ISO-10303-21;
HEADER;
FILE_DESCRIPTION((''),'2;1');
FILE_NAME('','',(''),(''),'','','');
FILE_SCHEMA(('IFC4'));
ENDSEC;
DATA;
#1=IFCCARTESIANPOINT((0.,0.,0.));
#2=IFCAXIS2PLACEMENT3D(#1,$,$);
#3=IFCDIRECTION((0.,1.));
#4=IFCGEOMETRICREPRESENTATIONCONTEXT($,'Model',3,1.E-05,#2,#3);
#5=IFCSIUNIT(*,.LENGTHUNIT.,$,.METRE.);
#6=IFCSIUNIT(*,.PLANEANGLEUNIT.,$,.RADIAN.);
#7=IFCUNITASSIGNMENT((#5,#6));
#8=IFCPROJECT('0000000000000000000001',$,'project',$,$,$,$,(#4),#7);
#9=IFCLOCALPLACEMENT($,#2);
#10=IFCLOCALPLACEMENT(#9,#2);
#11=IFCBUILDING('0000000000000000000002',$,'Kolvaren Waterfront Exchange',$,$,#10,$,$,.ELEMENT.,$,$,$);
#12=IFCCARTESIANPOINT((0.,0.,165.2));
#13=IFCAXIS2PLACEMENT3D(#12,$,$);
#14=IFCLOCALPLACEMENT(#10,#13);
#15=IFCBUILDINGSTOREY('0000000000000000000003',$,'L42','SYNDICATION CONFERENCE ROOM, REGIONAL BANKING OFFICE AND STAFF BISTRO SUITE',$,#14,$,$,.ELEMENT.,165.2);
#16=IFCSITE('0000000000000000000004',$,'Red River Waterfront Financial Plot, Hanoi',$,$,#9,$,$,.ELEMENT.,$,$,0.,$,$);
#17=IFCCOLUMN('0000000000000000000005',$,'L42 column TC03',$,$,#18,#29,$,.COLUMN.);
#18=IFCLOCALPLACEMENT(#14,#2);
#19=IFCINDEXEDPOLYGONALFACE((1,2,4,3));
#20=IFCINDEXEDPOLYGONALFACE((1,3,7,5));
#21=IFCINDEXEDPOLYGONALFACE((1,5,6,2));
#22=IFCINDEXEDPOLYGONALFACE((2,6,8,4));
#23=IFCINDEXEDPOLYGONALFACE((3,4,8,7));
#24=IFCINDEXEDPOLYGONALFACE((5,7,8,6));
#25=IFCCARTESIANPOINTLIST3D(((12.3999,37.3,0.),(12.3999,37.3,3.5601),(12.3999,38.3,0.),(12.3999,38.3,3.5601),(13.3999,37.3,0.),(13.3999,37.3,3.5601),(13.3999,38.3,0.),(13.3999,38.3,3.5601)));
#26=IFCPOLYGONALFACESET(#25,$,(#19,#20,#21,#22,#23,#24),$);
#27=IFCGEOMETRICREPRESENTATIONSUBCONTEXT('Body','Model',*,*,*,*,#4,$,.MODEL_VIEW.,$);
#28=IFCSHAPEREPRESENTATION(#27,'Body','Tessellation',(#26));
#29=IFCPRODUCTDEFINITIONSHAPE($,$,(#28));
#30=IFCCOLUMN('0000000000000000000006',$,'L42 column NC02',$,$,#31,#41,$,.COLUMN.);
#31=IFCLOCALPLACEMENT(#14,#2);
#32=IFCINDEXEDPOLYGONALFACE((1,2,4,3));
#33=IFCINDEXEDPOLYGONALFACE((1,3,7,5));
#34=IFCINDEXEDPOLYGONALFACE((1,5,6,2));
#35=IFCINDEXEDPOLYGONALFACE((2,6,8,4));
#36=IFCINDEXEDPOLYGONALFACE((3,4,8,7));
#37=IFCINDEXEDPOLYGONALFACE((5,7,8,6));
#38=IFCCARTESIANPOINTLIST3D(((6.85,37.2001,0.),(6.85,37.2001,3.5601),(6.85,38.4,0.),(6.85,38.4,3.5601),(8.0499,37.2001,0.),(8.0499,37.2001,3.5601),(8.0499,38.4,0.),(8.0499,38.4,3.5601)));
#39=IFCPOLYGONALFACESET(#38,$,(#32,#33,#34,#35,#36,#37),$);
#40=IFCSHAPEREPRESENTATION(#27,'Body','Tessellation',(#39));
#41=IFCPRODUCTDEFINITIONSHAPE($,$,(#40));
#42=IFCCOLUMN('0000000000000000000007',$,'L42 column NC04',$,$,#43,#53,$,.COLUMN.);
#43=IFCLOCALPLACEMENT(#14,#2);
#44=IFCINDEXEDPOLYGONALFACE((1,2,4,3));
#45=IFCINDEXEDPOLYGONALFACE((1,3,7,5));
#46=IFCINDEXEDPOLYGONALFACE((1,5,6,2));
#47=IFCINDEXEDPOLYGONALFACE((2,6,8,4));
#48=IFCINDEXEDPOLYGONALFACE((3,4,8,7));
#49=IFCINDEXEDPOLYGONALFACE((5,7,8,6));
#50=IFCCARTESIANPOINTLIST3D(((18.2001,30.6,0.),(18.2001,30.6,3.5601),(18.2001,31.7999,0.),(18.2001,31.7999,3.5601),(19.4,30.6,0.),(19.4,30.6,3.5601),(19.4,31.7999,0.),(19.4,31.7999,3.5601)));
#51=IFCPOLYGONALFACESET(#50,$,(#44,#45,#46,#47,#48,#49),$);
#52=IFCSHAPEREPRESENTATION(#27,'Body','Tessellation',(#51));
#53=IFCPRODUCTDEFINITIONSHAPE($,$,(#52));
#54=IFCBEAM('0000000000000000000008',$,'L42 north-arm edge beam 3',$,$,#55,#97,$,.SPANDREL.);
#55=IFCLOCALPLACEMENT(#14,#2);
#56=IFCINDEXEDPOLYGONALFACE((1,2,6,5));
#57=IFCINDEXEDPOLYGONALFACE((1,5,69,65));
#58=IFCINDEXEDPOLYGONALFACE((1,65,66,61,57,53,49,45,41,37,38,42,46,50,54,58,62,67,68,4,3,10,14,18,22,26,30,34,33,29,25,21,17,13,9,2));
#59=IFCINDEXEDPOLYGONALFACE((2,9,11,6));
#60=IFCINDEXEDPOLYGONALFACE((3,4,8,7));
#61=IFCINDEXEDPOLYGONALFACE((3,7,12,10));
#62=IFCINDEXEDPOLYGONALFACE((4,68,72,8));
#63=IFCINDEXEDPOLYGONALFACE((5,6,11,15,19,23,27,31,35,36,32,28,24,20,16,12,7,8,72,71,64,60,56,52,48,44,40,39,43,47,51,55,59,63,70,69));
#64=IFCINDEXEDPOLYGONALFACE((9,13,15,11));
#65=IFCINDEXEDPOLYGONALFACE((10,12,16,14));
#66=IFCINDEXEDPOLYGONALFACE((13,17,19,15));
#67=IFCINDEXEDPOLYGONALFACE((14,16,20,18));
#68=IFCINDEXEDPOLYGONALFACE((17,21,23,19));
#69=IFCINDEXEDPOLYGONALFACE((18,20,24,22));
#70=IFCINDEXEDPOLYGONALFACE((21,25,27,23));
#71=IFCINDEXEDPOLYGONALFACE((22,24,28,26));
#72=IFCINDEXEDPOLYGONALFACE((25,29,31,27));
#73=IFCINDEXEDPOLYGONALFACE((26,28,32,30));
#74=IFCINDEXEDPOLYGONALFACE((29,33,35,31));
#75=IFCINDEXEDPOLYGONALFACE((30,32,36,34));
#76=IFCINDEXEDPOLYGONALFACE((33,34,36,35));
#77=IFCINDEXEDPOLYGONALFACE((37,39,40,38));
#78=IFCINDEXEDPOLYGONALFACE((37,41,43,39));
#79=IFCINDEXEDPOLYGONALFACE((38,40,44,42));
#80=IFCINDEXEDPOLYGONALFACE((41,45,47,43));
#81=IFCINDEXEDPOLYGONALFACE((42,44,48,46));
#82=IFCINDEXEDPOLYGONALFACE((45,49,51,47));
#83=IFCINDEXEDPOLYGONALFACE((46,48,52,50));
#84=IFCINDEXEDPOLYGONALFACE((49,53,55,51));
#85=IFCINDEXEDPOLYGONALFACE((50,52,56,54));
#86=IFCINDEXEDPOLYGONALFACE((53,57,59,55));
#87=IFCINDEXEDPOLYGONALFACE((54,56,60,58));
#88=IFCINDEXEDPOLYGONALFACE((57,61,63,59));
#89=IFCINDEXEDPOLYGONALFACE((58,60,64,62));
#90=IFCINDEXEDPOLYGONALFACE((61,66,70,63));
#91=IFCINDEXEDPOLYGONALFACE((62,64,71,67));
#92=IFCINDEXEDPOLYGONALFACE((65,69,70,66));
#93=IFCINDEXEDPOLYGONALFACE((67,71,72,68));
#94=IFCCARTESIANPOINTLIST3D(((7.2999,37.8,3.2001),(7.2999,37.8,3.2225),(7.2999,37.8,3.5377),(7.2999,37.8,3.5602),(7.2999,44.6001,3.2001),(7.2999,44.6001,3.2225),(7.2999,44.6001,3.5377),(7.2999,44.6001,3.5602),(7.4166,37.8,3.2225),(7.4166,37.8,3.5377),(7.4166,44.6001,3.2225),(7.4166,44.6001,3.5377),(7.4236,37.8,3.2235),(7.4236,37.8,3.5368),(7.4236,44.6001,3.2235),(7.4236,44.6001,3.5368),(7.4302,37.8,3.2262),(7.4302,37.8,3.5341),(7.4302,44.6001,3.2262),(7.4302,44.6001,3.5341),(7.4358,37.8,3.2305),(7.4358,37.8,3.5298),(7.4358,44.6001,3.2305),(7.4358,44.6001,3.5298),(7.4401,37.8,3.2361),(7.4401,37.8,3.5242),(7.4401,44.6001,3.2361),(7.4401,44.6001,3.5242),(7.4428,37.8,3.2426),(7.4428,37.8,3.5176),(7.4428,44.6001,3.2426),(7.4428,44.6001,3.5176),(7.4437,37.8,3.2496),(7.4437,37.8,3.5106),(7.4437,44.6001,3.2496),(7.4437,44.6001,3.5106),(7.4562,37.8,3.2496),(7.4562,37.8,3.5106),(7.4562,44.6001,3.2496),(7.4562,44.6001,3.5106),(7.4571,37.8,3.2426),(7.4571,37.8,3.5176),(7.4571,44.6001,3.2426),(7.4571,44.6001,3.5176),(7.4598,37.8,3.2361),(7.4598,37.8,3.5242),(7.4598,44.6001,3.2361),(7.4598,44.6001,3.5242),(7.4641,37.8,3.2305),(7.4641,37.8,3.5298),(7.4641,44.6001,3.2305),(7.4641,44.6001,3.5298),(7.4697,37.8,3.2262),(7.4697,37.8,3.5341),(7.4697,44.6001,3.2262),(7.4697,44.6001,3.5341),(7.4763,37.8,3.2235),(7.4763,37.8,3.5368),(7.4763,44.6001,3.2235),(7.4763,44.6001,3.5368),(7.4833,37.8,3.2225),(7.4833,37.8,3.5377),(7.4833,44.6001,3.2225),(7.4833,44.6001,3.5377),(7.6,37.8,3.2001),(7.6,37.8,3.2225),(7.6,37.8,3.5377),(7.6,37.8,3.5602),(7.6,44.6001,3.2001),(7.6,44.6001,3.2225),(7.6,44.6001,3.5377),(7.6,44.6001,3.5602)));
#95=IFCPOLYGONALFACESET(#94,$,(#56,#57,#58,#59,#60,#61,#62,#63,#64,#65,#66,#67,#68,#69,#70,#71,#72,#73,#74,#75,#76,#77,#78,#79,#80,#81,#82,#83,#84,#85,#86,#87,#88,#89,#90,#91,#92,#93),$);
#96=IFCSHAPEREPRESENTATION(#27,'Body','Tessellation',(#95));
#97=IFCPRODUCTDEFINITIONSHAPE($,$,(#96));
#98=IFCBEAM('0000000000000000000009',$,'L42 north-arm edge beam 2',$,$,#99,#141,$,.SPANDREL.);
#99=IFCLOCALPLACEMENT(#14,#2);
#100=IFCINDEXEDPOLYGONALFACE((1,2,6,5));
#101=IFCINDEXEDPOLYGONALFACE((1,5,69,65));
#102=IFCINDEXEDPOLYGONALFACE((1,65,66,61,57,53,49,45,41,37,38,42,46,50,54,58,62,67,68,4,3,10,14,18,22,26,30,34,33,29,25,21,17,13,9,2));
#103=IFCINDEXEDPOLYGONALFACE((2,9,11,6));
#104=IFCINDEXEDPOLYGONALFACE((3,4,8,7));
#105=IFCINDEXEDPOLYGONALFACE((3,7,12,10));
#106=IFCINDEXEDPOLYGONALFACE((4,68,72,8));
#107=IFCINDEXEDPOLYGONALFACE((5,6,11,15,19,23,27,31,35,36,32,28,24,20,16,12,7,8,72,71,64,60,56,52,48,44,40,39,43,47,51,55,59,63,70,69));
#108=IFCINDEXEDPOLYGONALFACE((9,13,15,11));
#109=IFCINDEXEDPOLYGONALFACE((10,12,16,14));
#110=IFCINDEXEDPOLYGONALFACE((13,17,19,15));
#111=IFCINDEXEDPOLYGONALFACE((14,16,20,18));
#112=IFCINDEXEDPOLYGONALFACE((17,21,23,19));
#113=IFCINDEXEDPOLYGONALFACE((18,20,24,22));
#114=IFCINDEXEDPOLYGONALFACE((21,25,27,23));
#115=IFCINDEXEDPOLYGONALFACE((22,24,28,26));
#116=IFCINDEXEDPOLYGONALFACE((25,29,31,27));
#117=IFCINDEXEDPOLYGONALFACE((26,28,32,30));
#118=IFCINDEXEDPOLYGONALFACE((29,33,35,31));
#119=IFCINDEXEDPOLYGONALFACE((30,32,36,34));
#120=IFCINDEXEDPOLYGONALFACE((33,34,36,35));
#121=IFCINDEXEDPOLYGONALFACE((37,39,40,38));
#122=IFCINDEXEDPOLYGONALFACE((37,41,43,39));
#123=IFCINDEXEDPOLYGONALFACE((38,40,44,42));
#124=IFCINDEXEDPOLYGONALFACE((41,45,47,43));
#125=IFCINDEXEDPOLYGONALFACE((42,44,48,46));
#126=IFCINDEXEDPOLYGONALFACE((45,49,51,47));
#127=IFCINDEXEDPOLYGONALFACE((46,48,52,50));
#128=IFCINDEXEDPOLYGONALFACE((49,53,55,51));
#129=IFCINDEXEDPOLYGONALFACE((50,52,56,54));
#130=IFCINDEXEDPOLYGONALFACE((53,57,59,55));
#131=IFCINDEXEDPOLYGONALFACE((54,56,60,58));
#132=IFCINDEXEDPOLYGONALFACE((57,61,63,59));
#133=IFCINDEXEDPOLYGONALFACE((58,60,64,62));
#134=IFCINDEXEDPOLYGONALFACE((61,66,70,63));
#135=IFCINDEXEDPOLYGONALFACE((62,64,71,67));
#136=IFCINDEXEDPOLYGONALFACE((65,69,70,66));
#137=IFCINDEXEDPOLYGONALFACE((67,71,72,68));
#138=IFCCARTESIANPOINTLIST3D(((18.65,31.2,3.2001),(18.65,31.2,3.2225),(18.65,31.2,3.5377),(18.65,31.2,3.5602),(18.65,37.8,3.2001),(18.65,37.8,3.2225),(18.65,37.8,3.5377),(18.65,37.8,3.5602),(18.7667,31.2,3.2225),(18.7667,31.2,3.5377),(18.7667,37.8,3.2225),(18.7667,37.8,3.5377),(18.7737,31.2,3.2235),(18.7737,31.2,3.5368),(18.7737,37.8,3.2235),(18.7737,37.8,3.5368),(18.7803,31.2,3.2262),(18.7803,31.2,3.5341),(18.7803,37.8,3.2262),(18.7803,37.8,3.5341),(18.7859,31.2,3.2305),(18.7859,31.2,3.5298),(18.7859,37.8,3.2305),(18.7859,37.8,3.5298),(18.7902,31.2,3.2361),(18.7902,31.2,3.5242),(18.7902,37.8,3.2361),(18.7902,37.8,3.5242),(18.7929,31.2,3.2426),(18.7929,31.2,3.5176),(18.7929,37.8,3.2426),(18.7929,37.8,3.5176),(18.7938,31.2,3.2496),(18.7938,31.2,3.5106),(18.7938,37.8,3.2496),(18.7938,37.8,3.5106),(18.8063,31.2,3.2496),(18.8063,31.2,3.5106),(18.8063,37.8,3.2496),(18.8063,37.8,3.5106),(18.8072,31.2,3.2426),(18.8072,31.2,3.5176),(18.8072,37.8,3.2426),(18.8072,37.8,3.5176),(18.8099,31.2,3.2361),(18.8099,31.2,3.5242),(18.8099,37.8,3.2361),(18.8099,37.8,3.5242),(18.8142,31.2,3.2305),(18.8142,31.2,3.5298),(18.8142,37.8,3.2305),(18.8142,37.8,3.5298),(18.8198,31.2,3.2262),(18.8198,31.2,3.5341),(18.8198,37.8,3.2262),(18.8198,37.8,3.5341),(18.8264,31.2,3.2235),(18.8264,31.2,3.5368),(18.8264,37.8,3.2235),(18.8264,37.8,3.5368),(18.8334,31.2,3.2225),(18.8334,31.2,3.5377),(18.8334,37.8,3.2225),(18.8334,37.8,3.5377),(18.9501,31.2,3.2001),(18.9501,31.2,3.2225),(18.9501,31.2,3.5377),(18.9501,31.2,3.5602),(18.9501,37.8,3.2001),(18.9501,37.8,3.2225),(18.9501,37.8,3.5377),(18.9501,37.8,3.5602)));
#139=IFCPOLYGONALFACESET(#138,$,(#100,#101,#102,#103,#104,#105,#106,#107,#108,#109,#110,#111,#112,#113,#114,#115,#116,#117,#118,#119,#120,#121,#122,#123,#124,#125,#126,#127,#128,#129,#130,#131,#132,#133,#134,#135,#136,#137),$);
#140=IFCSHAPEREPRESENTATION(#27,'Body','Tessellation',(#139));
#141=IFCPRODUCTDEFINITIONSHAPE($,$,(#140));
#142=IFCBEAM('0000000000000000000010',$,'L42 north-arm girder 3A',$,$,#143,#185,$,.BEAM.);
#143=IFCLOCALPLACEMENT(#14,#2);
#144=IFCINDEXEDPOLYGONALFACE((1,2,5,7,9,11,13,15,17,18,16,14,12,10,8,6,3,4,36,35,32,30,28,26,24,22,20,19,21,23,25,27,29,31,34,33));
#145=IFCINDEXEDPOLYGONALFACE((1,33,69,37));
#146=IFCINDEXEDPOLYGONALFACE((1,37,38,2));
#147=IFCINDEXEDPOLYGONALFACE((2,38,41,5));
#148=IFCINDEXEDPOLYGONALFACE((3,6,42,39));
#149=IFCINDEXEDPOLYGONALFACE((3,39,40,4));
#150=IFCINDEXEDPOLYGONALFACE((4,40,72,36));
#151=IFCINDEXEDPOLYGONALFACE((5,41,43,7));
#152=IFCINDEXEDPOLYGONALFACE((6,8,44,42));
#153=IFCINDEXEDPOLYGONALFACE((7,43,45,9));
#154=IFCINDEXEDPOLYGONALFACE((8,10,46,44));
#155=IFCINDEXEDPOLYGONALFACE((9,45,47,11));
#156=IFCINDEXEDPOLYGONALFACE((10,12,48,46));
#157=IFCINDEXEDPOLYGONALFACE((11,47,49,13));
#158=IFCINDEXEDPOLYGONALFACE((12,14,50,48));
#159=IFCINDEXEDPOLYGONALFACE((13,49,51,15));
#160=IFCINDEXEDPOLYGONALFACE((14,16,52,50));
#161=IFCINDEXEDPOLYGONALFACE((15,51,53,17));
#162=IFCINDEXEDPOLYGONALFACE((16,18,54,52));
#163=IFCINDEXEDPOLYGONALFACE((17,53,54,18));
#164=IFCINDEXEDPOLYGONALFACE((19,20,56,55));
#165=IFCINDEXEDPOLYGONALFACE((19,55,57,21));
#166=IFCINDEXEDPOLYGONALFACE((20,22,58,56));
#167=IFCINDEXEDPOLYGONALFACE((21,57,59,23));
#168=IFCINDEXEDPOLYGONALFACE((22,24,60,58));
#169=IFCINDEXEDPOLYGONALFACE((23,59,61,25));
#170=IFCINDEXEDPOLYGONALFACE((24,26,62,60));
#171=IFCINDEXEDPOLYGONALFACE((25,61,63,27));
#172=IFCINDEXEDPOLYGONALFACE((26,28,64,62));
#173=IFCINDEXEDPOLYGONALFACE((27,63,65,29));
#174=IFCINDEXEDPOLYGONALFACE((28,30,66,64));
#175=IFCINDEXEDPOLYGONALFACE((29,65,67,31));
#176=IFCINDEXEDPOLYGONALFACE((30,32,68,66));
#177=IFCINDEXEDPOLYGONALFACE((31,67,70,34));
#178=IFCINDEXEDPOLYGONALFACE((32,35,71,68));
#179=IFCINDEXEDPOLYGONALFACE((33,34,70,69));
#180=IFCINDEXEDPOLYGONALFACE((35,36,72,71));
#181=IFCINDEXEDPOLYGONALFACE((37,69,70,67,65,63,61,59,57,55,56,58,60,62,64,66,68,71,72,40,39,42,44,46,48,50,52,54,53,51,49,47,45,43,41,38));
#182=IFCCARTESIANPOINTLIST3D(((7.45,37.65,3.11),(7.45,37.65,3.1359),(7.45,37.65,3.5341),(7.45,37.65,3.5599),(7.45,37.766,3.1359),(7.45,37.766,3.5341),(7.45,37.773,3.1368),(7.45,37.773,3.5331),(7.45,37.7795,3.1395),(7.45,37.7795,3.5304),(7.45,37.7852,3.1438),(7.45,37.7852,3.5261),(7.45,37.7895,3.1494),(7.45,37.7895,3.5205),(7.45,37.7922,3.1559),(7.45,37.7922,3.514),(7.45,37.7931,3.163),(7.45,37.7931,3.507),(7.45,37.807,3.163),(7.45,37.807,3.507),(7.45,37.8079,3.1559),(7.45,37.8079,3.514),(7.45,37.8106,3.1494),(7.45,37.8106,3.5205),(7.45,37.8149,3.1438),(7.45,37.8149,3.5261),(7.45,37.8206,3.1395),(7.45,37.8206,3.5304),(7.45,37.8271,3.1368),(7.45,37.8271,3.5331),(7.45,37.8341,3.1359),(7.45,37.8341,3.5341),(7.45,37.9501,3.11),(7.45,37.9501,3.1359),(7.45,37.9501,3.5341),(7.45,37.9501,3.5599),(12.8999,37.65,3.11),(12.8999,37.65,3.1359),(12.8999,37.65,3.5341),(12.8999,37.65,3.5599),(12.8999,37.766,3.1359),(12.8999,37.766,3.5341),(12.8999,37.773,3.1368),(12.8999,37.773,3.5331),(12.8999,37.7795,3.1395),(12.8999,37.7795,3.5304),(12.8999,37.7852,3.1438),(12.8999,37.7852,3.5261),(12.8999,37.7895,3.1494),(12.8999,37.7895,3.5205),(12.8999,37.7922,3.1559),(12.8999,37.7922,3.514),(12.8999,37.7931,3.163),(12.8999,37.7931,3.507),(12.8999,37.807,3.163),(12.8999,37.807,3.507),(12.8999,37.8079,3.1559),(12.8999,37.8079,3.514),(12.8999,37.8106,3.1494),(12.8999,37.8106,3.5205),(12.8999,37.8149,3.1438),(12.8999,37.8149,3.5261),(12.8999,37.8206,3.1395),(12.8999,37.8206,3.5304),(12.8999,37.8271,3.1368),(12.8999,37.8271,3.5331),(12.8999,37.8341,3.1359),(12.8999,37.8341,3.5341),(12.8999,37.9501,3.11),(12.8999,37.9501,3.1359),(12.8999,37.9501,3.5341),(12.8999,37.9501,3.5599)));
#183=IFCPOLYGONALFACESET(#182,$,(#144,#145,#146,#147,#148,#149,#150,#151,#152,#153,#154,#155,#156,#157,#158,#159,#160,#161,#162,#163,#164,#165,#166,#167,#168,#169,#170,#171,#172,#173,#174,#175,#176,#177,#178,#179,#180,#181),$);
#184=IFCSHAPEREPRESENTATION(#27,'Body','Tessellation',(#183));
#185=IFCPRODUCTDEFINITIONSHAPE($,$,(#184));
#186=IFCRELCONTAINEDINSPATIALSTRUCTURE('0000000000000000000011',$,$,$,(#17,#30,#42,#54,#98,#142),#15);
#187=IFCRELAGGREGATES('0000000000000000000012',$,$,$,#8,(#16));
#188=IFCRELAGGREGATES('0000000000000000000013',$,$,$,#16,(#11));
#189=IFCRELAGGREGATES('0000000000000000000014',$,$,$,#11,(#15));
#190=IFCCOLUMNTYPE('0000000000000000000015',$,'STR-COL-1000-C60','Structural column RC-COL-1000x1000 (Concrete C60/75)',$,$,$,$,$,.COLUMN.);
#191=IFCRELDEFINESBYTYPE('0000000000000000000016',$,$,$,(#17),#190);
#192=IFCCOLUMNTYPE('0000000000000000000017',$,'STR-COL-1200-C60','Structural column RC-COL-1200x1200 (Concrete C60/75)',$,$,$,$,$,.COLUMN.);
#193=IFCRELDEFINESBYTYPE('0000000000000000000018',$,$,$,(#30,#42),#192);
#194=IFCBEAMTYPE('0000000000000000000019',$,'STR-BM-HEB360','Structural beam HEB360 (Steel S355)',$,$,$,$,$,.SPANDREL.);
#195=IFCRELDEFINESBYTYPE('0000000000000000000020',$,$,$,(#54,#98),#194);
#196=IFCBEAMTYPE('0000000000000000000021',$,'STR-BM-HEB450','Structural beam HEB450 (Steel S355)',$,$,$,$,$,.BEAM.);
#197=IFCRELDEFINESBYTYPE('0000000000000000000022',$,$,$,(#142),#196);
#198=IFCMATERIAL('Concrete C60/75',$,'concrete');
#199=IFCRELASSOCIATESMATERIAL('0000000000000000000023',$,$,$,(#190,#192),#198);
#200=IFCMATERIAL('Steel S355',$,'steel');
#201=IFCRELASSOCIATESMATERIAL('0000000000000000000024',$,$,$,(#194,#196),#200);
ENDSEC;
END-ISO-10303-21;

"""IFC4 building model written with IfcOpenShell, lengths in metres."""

from ifc_helpers import new_model, si_unit, direction, frame, origin, origin_2d, place, context, subcontext, project, spatial, rectangle, i_section, extrude, material, material_profile, profile_set, type_object, element, save


model = new_model("IFC4")

# Units and contexts
model_context = context("Model", 3, precision=1e-05, world=origin(), true_north=direction((0.0, 1.0)))
body_context = subcontext(model_context, "Body", "Model", "MODEL_VIEW")
ifc_project = project(units=[si_unit("LENGTHUNIT", "METRE"), si_unit("PLANEANGLEUNIT", "RADIAN")], contexts=[model_context])

# Site, building, storey
site_placement = place(None, origin())
site = spatial("IfcSite", under=ifc_project, at=site_placement, Name="Red River Waterfront Financial Plot, Hanoi", CompositionType="ELEMENT", RefElevation=0.0)
building_placement = place(site_placement, origin())
building = spatial("IfcBuilding", under=site, at=building_placement, Name="Kolvaren Waterfront Exchange", CompositionType="ELEMENT")
storey_placement = place(building_placement, frame((0.0, 0.0, 165.2)))
storey = spatial("IfcBuildingStorey", under=building, at=storey_placement, Name="L42", Description="SYNDICATION CONFERENCE ROOM, REGIONAL BANKING OFFICE AND STAFF BISTRO SUITE", CompositionType="ELEMENT", Elevation=165.2)

# Columns
ifc_material_1 = material(Name="Concrete C60/75", Category="concrete")
ifc_material_profile_1 = material_profile(ifc_material_1, rectangle(XDim=1.0, YDim=1.0, at=origin_2d()), Name="RC-COL-1000x1000")
ifc_profile_set_1 = profile_set([ifc_material_profile_1], Name="Concrete C60/75")
column_type_1 = type_object("IfcColumnType", Name="STR-COL-1000-C60", Description="Structural column RC-COL-1000x1000 (Concrete C60/75)", PredefinedType="COLUMN", material=ifc_profile_set_1)
column_placement = place(storey_placement, frame((12.8999, 37.8, 0.0), z_axis=(0.0, 0.0, 1.0), x_axis=(1.0, 0.0, 0.0)))
element("IfcColumn", 1, at=column_placement, inside=storey, type_object=column_type_1, Name="L42 column TC03", PredefinedType="COLUMN", context=body_context, shape_type="SweptSolid", body=[
    extrude(rectangle(XDim=1.0, YDim=1.0, at=origin_2d()), origin(), (0.0, 0.0, 1.0), 3.5601),
])
ifc_material_profile_2 = material_profile(ifc_material_1, rectangle(XDim=1.2, YDim=1.2, at=origin_2d()), Name="RC-COL-1200x1200")
ifc_profile_set_2 = profile_set([ifc_material_profile_2], Name="Concrete C60/75")
column_type_2 = type_object("IfcColumnType", Name="STR-COL-1200-C60", Description="Structural column RC-COL-1200x1200 (Concrete C60/75)", PredefinedType="COLUMN", material=ifc_profile_set_2)
for number, where, z_axis, x_axis, name in (
    (2, (7.45, 37.8, 0.0), (0.0, 0.0, 1.0), (1.0, 0.0, 0.0), "L42 column NC02"),
    (3, (18.8, 31.2, 0.0), (0.0, 0.0, 1.0), (1.0, 0.0, 0.0), "L42 column NC04"),
):
    element("IfcColumn", number, at=place(storey_placement, frame(where, z_axis=z_axis, x_axis=x_axis)), inside=storey, type_object=column_type_2, Name=name, PredefinedType="COLUMN", context=body_context, shape_type="SweptSolid", body=[
        extrude(rectangle(XDim=1.2, YDim=1.2, at=origin_2d()), origin(), (0.0, 0.0, 1.0), 3.5601),
    ])

# Beams
ifc_material_2 = material(Name="Steel S355", Category="steel")
ifc_material_profile_3 = material_profile(ifc_material_2, i_section(OverallWidth=0.3, OverallDepth=0.3601, WebThickness=0.0125, FlangeThickness=0.0225, FilletRadius=0.0271, at=origin_2d()), Name="HEB360")
ifc_profile_set_3 = profile_set([ifc_material_profile_3], Name="Steel S355")
beam_type_1 = type_object("IfcBeamType", Name="STR-BM-HEB360", Description="Structural beam HEB360 (Steel S355)", PredefinedType="SPANDREL", material=ifc_profile_set_3)
beam_1_placement = place(storey_placement, frame((7.45, 37.8, 3.3801), z_axis=(0.0, 1.0, 0.0), x_axis=(-1.0, 0.0, 0.0)))
element("IfcBeam", 4, at=beam_1_placement, inside=storey, type_object=beam_type_1, Name="L42 north-arm edge beam 3", PredefinedType="SPANDREL", context=body_context, shape_type="SweptSolid", body=[
    extrude(i_section(OverallWidth=0.3, OverallDepth=0.3601, WebThickness=0.0125, FlangeThickness=0.0225, FilletRadius=0.0271, at=origin_2d()), origin(), (0.0, 0.0, 1.0), 6.8),
])
beam_2_placement = place(storey_placement, frame((18.8, 31.2, 3.3801), z_axis=(0.0, 1.0, 0.0), x_axis=(-1.0, 0.0, 0.0)))
element("IfcBeam", 5, at=beam_2_placement, inside=storey, type_object=beam_type_1, Name="L42 north-arm edge beam 2", PredefinedType="SPANDREL", context=body_context, shape_type="SweptSolid", body=[
    extrude(i_section(OverallWidth=0.3, OverallDepth=0.3601, WebThickness=0.0125, FlangeThickness=0.0225, FilletRadius=0.0271, at=origin_2d()), origin(), (0.0, 0.0, 1.0), 6.6001),
])
ifc_material_profile_4 = material_profile(ifc_material_2, i_section(OverallWidth=0.3, OverallDepth=0.45, WebThickness=0.0139, FlangeThickness=0.0259, FilletRadius=0.0271, at=origin_2d()), Name="HEB450")
ifc_profile_set_4 = profile_set([ifc_material_profile_4], Name="Steel S355")
beam_type_2 = type_object("IfcBeamType", Name="STR-BM-HEB450", Description="Structural beam HEB450 (Steel S355)", PredefinedType="BEAM", material=ifc_profile_set_4)
beam_3_placement = place(storey_placement, frame((7.45, 37.8, 3.335), z_axis=(1.0, 0.0, 0.0), x_axis=(0.0, 1.0, 0.0)))
element("IfcBeam", 6, at=beam_3_placement, inside=storey, type_object=beam_type_2, Name="L42 north-arm girder 3A", PredefinedType="BEAM", context=body_context, shape_type="SweptSolid", body=[
    extrude(i_section(OverallWidth=0.3, OverallDepth=0.45, WebThickness=0.0139, FlangeThickness=0.0259, FilletRadius=0.0271, at=origin_2d()), origin(), (0.0, 0.0, 1.0), 5.45),
])

save(model, "model.ifc")
